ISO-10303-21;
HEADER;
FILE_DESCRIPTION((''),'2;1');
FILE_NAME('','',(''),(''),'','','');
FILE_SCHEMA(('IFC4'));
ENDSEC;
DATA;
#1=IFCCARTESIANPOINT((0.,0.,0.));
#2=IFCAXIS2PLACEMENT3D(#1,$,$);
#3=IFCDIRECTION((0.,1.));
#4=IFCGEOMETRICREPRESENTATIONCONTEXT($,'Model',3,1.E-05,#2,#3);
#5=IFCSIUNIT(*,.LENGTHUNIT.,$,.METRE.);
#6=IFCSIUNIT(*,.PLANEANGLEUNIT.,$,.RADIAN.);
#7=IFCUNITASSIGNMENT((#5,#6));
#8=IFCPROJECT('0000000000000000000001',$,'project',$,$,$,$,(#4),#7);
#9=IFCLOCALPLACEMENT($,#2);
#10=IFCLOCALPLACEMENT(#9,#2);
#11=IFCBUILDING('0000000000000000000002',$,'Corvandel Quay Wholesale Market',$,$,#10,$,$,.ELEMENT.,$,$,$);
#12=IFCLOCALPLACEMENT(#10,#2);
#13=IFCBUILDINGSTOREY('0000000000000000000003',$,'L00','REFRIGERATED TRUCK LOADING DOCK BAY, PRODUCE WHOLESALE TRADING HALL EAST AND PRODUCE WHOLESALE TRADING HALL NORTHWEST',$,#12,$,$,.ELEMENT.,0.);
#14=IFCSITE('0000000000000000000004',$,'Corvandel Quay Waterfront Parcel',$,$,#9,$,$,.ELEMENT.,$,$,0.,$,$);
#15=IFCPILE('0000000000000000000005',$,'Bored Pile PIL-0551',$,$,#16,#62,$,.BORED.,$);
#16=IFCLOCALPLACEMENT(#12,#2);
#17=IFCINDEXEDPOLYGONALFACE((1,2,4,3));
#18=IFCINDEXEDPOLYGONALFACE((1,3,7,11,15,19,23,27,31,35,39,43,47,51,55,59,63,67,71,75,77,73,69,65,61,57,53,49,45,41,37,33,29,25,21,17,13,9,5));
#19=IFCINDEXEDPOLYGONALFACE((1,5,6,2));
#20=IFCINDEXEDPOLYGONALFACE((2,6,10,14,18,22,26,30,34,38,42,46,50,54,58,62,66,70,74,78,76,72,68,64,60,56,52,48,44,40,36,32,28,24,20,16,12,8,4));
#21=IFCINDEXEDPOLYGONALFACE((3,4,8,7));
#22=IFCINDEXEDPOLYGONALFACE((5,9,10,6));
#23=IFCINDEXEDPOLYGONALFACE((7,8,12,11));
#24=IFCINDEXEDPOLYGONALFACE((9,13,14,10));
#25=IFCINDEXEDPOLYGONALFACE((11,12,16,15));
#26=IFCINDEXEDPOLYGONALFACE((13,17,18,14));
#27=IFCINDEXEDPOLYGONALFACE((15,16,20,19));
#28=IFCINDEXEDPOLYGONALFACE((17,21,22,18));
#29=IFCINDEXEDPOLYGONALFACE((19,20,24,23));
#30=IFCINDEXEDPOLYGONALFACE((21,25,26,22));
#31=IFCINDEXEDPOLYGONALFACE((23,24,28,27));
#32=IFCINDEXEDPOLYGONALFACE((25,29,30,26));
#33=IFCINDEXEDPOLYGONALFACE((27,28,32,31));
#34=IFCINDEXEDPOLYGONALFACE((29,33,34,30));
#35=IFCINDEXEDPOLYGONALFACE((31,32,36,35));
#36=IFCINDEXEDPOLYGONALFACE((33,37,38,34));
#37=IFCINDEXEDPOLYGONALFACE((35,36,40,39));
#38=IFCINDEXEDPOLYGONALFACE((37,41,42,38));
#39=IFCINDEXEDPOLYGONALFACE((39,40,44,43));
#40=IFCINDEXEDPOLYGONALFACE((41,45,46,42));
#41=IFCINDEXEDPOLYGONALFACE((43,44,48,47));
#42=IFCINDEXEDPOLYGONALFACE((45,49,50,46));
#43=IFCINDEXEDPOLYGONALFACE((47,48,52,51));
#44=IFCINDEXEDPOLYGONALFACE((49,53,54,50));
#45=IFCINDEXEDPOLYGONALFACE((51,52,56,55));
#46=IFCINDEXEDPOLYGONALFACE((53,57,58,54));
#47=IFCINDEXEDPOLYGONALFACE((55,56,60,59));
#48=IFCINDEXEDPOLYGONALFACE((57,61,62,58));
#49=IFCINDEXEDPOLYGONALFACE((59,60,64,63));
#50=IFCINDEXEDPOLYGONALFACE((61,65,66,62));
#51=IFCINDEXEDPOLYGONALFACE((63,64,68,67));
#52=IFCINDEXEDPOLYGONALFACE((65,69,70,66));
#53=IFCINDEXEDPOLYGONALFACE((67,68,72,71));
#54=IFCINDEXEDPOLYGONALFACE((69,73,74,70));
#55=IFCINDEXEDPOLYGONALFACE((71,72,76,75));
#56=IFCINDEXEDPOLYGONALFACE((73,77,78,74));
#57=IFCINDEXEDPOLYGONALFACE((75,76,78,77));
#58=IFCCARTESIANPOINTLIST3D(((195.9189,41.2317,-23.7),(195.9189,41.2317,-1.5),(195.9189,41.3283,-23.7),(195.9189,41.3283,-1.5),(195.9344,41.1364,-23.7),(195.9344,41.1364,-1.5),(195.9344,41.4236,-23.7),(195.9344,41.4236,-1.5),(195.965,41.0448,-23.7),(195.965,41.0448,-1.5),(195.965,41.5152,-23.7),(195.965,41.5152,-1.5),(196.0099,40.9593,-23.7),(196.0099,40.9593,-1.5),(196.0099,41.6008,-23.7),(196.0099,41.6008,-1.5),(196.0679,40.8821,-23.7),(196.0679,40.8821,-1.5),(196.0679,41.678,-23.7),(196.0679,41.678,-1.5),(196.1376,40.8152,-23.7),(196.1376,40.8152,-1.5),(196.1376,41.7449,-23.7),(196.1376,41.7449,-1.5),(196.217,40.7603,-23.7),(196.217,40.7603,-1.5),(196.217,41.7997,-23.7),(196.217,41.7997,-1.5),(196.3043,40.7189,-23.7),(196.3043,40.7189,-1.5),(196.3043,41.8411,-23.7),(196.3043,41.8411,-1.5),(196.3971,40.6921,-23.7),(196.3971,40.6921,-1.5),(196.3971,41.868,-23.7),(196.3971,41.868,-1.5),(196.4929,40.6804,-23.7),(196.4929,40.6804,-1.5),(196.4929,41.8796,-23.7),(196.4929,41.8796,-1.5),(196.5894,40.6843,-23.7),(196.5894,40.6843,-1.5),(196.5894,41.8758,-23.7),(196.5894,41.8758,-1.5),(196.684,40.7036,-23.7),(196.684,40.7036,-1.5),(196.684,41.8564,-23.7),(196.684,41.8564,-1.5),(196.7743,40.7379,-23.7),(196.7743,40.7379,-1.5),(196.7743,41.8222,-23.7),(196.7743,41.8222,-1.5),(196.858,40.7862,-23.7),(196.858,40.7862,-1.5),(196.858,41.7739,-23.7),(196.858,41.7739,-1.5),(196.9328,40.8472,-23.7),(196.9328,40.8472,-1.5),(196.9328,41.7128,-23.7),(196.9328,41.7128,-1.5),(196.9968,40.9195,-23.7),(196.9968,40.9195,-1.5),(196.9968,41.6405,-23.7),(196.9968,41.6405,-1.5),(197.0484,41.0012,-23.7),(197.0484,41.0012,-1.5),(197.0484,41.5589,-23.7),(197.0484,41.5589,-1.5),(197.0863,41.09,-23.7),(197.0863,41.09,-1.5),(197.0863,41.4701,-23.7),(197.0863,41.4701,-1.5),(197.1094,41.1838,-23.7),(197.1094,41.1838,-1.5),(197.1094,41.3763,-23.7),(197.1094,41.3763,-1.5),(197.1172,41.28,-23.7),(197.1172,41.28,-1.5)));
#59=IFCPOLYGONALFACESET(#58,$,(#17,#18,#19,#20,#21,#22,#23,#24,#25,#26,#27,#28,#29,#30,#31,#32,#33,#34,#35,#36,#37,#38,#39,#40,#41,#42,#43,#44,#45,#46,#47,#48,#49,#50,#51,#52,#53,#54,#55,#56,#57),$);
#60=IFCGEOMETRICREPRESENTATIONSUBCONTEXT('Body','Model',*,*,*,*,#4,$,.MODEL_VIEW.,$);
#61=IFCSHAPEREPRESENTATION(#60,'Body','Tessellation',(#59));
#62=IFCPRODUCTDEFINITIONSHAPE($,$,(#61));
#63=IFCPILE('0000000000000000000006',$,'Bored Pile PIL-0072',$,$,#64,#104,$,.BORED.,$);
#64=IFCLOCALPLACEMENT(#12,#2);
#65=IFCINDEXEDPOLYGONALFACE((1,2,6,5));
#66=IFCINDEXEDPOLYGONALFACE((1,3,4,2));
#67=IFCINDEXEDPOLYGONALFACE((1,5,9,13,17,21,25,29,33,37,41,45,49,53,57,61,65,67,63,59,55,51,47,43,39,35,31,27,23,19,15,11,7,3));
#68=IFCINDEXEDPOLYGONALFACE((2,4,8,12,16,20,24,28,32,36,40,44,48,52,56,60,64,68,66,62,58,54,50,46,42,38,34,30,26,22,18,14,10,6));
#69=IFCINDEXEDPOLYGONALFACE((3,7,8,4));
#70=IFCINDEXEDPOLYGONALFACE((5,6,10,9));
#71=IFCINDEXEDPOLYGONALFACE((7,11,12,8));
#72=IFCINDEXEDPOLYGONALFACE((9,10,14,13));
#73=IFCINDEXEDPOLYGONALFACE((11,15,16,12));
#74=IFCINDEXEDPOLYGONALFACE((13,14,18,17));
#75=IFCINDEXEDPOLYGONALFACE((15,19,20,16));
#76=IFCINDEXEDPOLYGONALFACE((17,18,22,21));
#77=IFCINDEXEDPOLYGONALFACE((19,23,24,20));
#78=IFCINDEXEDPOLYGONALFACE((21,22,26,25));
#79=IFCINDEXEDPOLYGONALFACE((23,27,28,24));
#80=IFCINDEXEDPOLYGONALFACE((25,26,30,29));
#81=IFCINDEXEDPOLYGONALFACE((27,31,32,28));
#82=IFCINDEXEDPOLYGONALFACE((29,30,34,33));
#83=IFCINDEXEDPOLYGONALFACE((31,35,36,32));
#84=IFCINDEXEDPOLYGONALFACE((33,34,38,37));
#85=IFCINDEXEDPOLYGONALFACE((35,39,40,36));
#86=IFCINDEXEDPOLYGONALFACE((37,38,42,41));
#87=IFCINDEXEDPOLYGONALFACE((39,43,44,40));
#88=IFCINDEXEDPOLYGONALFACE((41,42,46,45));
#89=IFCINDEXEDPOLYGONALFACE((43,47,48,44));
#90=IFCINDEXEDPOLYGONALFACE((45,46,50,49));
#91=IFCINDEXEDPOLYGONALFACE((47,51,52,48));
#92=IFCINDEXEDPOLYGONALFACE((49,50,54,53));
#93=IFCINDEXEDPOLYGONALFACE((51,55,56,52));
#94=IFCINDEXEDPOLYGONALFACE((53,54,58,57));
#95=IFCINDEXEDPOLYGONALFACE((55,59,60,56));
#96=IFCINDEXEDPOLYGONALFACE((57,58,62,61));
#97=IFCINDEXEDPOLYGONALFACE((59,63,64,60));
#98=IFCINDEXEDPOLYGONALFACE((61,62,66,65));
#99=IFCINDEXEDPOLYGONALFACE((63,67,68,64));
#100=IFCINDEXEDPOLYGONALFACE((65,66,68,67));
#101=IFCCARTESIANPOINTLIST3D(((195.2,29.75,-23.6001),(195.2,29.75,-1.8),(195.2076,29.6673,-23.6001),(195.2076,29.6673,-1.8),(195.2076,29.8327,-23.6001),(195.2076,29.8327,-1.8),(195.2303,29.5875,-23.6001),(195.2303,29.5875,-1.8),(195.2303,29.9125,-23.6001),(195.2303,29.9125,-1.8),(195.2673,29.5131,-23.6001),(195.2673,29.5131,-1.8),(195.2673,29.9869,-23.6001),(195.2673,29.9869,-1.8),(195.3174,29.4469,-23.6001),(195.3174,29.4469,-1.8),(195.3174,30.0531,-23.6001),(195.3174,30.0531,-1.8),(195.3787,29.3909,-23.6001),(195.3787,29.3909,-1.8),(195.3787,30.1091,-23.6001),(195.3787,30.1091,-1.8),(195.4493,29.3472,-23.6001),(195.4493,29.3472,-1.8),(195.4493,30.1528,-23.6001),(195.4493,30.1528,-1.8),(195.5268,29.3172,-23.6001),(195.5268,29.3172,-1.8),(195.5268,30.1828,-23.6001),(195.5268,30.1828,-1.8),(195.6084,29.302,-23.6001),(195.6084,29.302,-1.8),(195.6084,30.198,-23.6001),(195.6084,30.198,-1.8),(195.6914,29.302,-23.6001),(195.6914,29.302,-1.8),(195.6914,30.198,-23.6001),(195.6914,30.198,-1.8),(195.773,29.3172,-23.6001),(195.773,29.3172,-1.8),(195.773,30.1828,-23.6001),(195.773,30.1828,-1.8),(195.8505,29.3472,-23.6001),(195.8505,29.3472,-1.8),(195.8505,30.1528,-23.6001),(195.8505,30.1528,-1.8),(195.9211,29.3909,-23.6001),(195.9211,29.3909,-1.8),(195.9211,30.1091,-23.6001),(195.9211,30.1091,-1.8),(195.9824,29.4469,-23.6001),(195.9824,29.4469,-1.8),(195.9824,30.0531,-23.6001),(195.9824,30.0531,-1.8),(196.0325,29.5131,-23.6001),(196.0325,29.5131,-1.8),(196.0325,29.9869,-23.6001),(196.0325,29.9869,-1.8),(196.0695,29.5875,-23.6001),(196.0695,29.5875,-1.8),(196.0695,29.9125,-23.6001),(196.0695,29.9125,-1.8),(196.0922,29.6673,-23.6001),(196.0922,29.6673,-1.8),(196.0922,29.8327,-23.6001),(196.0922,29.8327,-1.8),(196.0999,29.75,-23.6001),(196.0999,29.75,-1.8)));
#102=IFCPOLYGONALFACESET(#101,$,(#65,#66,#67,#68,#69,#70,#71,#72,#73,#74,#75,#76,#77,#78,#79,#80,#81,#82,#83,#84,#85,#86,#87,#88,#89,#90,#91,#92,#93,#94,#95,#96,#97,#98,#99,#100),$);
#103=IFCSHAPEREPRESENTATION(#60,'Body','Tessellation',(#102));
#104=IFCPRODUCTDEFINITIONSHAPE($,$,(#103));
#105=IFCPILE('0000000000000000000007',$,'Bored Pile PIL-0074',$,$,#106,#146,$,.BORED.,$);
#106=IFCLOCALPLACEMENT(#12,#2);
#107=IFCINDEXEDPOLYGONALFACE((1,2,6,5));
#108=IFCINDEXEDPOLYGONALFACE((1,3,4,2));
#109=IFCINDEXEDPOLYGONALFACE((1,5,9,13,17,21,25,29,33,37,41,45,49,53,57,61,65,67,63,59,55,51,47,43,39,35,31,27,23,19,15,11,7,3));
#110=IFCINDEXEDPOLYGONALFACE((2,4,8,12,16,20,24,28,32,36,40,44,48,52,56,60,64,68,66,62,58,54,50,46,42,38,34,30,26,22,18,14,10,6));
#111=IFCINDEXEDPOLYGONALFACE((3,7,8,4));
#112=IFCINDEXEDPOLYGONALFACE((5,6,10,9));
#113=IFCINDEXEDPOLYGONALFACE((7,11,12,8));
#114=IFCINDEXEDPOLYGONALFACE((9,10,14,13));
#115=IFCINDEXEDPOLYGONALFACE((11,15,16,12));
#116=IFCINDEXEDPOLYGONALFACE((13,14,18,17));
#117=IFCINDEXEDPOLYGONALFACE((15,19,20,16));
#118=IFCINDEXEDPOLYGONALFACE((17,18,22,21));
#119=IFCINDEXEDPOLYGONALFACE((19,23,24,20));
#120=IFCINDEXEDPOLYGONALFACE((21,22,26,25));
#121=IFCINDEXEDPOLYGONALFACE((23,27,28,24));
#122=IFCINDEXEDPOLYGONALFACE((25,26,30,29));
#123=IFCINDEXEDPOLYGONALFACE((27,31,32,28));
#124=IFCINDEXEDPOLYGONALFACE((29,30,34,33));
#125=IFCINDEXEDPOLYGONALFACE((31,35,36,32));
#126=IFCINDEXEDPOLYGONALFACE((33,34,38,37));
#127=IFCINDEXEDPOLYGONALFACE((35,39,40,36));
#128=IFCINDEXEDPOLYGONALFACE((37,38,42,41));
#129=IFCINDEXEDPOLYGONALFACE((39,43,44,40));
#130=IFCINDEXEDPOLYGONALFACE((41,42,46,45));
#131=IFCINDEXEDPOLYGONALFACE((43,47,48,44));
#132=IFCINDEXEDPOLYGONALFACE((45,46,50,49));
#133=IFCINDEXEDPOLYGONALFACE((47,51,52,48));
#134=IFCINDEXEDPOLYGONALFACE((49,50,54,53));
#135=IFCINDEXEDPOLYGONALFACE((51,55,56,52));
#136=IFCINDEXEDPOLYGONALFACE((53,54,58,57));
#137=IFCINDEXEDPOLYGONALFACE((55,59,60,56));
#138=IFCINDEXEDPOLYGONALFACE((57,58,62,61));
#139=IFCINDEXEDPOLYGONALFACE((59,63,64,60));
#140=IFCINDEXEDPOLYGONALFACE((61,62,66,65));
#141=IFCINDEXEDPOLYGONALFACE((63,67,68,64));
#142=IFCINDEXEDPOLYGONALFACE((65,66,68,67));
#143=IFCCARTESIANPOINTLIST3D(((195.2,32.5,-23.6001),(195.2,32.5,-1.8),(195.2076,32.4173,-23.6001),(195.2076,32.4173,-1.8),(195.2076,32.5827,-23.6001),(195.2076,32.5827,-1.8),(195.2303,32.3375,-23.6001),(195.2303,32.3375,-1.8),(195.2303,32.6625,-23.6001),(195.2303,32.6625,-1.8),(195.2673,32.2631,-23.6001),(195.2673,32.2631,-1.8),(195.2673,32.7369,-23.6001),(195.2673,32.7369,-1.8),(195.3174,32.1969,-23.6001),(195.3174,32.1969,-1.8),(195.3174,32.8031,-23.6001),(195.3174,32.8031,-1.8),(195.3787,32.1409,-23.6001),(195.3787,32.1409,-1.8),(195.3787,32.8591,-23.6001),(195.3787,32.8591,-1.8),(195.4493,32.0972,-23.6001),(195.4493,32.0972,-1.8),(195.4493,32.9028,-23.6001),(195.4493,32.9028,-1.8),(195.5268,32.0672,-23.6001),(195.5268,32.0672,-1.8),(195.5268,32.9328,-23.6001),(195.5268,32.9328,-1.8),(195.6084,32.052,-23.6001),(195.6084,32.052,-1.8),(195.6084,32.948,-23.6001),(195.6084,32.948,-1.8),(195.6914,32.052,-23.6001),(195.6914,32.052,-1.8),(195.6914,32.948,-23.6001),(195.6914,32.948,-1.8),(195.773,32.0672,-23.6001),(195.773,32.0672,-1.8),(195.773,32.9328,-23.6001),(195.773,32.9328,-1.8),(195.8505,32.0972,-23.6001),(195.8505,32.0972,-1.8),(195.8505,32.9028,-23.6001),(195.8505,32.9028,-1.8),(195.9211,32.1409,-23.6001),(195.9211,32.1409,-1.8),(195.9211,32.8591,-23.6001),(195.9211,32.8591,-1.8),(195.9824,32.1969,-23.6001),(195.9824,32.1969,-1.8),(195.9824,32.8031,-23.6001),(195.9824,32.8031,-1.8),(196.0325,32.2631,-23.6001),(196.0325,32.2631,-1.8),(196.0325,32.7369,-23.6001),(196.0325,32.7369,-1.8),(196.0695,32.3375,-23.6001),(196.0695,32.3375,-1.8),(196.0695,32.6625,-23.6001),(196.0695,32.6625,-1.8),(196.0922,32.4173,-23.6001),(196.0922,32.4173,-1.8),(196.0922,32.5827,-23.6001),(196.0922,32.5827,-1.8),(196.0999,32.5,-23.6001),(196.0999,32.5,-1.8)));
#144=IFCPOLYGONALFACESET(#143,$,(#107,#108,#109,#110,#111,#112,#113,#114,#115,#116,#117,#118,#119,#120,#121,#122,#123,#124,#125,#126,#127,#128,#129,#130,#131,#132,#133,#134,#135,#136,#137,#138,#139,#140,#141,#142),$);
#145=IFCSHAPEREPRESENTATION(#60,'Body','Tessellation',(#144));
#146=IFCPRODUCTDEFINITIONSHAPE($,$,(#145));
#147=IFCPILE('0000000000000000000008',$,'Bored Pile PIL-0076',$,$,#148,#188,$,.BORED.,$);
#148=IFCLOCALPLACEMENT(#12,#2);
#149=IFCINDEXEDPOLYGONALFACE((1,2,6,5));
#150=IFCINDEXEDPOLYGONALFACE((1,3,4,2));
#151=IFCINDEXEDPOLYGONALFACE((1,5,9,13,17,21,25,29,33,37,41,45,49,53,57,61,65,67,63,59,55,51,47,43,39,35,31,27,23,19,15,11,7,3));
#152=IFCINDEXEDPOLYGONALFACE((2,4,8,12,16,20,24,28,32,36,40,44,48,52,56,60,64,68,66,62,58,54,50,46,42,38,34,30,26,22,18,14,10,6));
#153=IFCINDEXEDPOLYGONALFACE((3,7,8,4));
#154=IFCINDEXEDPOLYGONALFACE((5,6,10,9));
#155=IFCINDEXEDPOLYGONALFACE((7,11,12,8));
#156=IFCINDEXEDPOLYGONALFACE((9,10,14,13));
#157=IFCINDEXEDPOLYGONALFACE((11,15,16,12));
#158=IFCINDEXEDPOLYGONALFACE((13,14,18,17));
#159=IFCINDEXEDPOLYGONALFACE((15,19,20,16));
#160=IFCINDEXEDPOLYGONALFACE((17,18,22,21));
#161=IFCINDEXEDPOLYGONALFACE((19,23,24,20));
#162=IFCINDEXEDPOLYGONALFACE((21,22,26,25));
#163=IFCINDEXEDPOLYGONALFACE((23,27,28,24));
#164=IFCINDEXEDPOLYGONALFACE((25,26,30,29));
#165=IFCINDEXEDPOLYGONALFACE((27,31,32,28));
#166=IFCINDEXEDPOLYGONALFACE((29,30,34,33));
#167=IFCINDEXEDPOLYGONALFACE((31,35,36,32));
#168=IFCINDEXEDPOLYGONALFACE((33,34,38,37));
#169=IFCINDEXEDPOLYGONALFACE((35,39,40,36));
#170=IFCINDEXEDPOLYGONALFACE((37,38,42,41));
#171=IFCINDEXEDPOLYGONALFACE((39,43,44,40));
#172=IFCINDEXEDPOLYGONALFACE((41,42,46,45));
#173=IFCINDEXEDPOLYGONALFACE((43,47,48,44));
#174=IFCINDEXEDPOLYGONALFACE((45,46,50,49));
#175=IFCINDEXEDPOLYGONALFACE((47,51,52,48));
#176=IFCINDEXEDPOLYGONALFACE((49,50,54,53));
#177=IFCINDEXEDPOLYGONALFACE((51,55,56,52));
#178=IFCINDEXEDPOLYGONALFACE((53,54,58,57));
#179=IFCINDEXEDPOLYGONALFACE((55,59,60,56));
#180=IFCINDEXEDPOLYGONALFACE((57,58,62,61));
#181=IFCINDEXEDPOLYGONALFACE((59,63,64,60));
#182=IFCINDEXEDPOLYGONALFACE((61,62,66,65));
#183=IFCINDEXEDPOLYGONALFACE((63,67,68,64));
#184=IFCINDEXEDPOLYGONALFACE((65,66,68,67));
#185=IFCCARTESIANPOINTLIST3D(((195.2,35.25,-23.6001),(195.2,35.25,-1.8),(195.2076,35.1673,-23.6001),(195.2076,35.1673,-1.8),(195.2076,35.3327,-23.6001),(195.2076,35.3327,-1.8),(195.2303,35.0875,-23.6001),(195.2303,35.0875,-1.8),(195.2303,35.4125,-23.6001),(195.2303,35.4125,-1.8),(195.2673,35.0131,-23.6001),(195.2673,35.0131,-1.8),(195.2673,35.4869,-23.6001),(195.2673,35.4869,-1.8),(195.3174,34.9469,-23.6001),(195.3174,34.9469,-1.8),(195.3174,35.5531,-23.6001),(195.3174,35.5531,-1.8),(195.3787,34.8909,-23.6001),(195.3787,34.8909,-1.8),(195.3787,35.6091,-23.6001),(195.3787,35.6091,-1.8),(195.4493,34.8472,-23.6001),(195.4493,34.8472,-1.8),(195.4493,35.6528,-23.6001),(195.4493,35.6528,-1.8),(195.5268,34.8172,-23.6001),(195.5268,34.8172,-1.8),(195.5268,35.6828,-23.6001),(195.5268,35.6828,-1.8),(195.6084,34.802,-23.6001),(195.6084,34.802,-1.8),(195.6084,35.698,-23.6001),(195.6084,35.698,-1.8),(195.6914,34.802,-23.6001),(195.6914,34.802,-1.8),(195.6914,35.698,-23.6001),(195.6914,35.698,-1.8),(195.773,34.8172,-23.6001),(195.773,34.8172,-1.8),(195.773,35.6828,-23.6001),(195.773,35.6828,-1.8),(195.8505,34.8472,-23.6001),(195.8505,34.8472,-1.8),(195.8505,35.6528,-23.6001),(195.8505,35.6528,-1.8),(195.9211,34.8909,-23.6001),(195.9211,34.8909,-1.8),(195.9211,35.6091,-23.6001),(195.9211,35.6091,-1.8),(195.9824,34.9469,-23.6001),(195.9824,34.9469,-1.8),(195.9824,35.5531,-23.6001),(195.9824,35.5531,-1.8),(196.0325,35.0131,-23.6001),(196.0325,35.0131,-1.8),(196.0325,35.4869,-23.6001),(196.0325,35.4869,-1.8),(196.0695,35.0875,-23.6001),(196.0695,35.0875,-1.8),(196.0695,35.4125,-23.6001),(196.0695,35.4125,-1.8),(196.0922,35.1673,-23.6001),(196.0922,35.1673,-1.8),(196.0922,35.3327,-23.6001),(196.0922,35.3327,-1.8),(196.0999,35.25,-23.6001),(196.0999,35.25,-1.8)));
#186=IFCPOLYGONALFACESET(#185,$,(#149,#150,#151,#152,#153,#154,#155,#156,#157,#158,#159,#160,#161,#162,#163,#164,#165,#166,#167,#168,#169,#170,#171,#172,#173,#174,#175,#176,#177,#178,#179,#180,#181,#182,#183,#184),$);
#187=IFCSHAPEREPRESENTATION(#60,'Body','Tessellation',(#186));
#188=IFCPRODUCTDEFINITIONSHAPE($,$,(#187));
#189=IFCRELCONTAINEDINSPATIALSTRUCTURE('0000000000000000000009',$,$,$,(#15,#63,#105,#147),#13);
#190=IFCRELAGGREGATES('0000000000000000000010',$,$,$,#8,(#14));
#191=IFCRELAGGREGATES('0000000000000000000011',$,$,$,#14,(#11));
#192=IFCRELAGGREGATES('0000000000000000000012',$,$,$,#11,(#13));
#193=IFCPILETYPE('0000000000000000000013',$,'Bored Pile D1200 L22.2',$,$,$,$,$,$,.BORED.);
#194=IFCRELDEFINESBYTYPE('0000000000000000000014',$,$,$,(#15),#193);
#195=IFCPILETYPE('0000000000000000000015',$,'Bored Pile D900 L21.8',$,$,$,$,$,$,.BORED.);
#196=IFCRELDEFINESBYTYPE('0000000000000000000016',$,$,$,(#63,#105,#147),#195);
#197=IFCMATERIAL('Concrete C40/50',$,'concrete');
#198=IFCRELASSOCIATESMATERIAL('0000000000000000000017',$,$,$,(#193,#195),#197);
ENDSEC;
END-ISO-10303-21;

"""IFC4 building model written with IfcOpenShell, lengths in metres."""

from ifc_helpers import new_model, si_unit, direction, frame, origin, origin_2d, place, context, subcontext, project, spatial, circle, extrude, material, material_profile, profile_set, type_object, element, save


model = new_model("IFC4")

# Units and contexts
model_context = context("Model", 3, precision=1e-05, world=origin(), true_north=direction((0.0, 1.0)))
body_context = subcontext(model_context, "Body", "Model", "MODEL_VIEW")
ifc_project = project(units=[si_unit("LENGTHUNIT", "METRE"), si_unit("PLANEANGLEUNIT", "RADIAN")], contexts=[model_context])

# Site, building, storey
site_placement = place(None, origin())
site = spatial("IfcSite", under=ifc_project, at=site_placement, Name="Corvandel Quay Waterfront Parcel", CompositionType="ELEMENT", RefElevation=0.0)
building_placement = place(site_placement, origin())
building = spatial("IfcBuilding", under=site, at=building_placement, Name="Corvandel Quay Wholesale Market", CompositionType="ELEMENT")
storey_placement = place(building_placement, origin())
storey = spatial("IfcBuildingStorey", under=building, at=storey_placement, Name="L00", Description="REFRIGERATED TRUCK LOADING DOCK BAY, PRODUCE WHOLESALE TRADING HALL EAST AND PRODUCE WHOLESALE TRADING HALL NORTHWEST", CompositionType="ELEMENT", Elevation=0.0)

# Piles
ifc_material_1 = material(Name="Concrete C40/50", Category="concrete")
ifc_material_profile_1 = material_profile(ifc_material_1, circle(Radius=0.6001, at=origin_2d()), Name="RC-PILE-D1200")
ifc_profile_set_1 = profile_set([ifc_material_profile_1], Name="Concrete C40/50")
pile_type_1 = type_object("IfcPileType", Name="Bored Pile D1200 L22.2", PredefinedType="BORED", material=ifc_profile_set_1)
pile_placement = place(storey_placement, frame((196.5171, 41.28, -1.5), z_axis=(0.0, 0.0, -1.0), x_axis=(1.0, 0.0, 0.0)))
element("IfcPile", 1, at=pile_placement, inside=storey, type_object=pile_type_1, Name="Bored Pile PIL-0551", PredefinedType="BORED", context=body_context, shape_type="SweptSolid", body=[
    extrude(circle(Radius=0.6001, at=origin_2d()), origin(), (0.0, 0.0, 1.0), 22.2),
])
ifc_material_profile_2 = material_profile(ifc_material_1, circle(Radius=0.45, at=origin_2d()), Name="RC-PILE-D900")
ifc_profile_set_2 = profile_set([ifc_material_profile_2], Name="Concrete C40/50")
pile_type_2 = type_object("IfcPileType", Name="Bored Pile D900 L21.8", PredefinedType="BORED", material=ifc_profile_set_2)
for number, where, z_axis, x_axis, name in (
    (2, (195.6499, 29.75, -1.8), (0.0, 0.0, -1.0), (1.0, 0.0, 0.0), "Bored Pile PIL-0072"),
    (3, (195.6499, 32.5, -1.8), (0.0, 0.0, -1.0), (1.0, 0.0, 0.0), "Bored Pile PIL-0074"),
    (4, (195.6499, 35.25, -1.8), (0.0, 0.0, -1.0), (1.0, 0.0, 0.0), "Bored Pile PIL-0076"),
):
    element("IfcPile", number, at=place(storey_placement, frame(where, z_axis=z_axis, x_axis=x_axis)), inside=storey, type_object=pile_type_2, Name=name, PredefinedType="BORED", context=body_context, shape_type="SweptSolid", body=[
        extrude(circle(Radius=0.45, at=origin_2d()), origin(), (0.0, 0.0, 1.0), 21.8),
    ])

save(model, "model.ifc")
